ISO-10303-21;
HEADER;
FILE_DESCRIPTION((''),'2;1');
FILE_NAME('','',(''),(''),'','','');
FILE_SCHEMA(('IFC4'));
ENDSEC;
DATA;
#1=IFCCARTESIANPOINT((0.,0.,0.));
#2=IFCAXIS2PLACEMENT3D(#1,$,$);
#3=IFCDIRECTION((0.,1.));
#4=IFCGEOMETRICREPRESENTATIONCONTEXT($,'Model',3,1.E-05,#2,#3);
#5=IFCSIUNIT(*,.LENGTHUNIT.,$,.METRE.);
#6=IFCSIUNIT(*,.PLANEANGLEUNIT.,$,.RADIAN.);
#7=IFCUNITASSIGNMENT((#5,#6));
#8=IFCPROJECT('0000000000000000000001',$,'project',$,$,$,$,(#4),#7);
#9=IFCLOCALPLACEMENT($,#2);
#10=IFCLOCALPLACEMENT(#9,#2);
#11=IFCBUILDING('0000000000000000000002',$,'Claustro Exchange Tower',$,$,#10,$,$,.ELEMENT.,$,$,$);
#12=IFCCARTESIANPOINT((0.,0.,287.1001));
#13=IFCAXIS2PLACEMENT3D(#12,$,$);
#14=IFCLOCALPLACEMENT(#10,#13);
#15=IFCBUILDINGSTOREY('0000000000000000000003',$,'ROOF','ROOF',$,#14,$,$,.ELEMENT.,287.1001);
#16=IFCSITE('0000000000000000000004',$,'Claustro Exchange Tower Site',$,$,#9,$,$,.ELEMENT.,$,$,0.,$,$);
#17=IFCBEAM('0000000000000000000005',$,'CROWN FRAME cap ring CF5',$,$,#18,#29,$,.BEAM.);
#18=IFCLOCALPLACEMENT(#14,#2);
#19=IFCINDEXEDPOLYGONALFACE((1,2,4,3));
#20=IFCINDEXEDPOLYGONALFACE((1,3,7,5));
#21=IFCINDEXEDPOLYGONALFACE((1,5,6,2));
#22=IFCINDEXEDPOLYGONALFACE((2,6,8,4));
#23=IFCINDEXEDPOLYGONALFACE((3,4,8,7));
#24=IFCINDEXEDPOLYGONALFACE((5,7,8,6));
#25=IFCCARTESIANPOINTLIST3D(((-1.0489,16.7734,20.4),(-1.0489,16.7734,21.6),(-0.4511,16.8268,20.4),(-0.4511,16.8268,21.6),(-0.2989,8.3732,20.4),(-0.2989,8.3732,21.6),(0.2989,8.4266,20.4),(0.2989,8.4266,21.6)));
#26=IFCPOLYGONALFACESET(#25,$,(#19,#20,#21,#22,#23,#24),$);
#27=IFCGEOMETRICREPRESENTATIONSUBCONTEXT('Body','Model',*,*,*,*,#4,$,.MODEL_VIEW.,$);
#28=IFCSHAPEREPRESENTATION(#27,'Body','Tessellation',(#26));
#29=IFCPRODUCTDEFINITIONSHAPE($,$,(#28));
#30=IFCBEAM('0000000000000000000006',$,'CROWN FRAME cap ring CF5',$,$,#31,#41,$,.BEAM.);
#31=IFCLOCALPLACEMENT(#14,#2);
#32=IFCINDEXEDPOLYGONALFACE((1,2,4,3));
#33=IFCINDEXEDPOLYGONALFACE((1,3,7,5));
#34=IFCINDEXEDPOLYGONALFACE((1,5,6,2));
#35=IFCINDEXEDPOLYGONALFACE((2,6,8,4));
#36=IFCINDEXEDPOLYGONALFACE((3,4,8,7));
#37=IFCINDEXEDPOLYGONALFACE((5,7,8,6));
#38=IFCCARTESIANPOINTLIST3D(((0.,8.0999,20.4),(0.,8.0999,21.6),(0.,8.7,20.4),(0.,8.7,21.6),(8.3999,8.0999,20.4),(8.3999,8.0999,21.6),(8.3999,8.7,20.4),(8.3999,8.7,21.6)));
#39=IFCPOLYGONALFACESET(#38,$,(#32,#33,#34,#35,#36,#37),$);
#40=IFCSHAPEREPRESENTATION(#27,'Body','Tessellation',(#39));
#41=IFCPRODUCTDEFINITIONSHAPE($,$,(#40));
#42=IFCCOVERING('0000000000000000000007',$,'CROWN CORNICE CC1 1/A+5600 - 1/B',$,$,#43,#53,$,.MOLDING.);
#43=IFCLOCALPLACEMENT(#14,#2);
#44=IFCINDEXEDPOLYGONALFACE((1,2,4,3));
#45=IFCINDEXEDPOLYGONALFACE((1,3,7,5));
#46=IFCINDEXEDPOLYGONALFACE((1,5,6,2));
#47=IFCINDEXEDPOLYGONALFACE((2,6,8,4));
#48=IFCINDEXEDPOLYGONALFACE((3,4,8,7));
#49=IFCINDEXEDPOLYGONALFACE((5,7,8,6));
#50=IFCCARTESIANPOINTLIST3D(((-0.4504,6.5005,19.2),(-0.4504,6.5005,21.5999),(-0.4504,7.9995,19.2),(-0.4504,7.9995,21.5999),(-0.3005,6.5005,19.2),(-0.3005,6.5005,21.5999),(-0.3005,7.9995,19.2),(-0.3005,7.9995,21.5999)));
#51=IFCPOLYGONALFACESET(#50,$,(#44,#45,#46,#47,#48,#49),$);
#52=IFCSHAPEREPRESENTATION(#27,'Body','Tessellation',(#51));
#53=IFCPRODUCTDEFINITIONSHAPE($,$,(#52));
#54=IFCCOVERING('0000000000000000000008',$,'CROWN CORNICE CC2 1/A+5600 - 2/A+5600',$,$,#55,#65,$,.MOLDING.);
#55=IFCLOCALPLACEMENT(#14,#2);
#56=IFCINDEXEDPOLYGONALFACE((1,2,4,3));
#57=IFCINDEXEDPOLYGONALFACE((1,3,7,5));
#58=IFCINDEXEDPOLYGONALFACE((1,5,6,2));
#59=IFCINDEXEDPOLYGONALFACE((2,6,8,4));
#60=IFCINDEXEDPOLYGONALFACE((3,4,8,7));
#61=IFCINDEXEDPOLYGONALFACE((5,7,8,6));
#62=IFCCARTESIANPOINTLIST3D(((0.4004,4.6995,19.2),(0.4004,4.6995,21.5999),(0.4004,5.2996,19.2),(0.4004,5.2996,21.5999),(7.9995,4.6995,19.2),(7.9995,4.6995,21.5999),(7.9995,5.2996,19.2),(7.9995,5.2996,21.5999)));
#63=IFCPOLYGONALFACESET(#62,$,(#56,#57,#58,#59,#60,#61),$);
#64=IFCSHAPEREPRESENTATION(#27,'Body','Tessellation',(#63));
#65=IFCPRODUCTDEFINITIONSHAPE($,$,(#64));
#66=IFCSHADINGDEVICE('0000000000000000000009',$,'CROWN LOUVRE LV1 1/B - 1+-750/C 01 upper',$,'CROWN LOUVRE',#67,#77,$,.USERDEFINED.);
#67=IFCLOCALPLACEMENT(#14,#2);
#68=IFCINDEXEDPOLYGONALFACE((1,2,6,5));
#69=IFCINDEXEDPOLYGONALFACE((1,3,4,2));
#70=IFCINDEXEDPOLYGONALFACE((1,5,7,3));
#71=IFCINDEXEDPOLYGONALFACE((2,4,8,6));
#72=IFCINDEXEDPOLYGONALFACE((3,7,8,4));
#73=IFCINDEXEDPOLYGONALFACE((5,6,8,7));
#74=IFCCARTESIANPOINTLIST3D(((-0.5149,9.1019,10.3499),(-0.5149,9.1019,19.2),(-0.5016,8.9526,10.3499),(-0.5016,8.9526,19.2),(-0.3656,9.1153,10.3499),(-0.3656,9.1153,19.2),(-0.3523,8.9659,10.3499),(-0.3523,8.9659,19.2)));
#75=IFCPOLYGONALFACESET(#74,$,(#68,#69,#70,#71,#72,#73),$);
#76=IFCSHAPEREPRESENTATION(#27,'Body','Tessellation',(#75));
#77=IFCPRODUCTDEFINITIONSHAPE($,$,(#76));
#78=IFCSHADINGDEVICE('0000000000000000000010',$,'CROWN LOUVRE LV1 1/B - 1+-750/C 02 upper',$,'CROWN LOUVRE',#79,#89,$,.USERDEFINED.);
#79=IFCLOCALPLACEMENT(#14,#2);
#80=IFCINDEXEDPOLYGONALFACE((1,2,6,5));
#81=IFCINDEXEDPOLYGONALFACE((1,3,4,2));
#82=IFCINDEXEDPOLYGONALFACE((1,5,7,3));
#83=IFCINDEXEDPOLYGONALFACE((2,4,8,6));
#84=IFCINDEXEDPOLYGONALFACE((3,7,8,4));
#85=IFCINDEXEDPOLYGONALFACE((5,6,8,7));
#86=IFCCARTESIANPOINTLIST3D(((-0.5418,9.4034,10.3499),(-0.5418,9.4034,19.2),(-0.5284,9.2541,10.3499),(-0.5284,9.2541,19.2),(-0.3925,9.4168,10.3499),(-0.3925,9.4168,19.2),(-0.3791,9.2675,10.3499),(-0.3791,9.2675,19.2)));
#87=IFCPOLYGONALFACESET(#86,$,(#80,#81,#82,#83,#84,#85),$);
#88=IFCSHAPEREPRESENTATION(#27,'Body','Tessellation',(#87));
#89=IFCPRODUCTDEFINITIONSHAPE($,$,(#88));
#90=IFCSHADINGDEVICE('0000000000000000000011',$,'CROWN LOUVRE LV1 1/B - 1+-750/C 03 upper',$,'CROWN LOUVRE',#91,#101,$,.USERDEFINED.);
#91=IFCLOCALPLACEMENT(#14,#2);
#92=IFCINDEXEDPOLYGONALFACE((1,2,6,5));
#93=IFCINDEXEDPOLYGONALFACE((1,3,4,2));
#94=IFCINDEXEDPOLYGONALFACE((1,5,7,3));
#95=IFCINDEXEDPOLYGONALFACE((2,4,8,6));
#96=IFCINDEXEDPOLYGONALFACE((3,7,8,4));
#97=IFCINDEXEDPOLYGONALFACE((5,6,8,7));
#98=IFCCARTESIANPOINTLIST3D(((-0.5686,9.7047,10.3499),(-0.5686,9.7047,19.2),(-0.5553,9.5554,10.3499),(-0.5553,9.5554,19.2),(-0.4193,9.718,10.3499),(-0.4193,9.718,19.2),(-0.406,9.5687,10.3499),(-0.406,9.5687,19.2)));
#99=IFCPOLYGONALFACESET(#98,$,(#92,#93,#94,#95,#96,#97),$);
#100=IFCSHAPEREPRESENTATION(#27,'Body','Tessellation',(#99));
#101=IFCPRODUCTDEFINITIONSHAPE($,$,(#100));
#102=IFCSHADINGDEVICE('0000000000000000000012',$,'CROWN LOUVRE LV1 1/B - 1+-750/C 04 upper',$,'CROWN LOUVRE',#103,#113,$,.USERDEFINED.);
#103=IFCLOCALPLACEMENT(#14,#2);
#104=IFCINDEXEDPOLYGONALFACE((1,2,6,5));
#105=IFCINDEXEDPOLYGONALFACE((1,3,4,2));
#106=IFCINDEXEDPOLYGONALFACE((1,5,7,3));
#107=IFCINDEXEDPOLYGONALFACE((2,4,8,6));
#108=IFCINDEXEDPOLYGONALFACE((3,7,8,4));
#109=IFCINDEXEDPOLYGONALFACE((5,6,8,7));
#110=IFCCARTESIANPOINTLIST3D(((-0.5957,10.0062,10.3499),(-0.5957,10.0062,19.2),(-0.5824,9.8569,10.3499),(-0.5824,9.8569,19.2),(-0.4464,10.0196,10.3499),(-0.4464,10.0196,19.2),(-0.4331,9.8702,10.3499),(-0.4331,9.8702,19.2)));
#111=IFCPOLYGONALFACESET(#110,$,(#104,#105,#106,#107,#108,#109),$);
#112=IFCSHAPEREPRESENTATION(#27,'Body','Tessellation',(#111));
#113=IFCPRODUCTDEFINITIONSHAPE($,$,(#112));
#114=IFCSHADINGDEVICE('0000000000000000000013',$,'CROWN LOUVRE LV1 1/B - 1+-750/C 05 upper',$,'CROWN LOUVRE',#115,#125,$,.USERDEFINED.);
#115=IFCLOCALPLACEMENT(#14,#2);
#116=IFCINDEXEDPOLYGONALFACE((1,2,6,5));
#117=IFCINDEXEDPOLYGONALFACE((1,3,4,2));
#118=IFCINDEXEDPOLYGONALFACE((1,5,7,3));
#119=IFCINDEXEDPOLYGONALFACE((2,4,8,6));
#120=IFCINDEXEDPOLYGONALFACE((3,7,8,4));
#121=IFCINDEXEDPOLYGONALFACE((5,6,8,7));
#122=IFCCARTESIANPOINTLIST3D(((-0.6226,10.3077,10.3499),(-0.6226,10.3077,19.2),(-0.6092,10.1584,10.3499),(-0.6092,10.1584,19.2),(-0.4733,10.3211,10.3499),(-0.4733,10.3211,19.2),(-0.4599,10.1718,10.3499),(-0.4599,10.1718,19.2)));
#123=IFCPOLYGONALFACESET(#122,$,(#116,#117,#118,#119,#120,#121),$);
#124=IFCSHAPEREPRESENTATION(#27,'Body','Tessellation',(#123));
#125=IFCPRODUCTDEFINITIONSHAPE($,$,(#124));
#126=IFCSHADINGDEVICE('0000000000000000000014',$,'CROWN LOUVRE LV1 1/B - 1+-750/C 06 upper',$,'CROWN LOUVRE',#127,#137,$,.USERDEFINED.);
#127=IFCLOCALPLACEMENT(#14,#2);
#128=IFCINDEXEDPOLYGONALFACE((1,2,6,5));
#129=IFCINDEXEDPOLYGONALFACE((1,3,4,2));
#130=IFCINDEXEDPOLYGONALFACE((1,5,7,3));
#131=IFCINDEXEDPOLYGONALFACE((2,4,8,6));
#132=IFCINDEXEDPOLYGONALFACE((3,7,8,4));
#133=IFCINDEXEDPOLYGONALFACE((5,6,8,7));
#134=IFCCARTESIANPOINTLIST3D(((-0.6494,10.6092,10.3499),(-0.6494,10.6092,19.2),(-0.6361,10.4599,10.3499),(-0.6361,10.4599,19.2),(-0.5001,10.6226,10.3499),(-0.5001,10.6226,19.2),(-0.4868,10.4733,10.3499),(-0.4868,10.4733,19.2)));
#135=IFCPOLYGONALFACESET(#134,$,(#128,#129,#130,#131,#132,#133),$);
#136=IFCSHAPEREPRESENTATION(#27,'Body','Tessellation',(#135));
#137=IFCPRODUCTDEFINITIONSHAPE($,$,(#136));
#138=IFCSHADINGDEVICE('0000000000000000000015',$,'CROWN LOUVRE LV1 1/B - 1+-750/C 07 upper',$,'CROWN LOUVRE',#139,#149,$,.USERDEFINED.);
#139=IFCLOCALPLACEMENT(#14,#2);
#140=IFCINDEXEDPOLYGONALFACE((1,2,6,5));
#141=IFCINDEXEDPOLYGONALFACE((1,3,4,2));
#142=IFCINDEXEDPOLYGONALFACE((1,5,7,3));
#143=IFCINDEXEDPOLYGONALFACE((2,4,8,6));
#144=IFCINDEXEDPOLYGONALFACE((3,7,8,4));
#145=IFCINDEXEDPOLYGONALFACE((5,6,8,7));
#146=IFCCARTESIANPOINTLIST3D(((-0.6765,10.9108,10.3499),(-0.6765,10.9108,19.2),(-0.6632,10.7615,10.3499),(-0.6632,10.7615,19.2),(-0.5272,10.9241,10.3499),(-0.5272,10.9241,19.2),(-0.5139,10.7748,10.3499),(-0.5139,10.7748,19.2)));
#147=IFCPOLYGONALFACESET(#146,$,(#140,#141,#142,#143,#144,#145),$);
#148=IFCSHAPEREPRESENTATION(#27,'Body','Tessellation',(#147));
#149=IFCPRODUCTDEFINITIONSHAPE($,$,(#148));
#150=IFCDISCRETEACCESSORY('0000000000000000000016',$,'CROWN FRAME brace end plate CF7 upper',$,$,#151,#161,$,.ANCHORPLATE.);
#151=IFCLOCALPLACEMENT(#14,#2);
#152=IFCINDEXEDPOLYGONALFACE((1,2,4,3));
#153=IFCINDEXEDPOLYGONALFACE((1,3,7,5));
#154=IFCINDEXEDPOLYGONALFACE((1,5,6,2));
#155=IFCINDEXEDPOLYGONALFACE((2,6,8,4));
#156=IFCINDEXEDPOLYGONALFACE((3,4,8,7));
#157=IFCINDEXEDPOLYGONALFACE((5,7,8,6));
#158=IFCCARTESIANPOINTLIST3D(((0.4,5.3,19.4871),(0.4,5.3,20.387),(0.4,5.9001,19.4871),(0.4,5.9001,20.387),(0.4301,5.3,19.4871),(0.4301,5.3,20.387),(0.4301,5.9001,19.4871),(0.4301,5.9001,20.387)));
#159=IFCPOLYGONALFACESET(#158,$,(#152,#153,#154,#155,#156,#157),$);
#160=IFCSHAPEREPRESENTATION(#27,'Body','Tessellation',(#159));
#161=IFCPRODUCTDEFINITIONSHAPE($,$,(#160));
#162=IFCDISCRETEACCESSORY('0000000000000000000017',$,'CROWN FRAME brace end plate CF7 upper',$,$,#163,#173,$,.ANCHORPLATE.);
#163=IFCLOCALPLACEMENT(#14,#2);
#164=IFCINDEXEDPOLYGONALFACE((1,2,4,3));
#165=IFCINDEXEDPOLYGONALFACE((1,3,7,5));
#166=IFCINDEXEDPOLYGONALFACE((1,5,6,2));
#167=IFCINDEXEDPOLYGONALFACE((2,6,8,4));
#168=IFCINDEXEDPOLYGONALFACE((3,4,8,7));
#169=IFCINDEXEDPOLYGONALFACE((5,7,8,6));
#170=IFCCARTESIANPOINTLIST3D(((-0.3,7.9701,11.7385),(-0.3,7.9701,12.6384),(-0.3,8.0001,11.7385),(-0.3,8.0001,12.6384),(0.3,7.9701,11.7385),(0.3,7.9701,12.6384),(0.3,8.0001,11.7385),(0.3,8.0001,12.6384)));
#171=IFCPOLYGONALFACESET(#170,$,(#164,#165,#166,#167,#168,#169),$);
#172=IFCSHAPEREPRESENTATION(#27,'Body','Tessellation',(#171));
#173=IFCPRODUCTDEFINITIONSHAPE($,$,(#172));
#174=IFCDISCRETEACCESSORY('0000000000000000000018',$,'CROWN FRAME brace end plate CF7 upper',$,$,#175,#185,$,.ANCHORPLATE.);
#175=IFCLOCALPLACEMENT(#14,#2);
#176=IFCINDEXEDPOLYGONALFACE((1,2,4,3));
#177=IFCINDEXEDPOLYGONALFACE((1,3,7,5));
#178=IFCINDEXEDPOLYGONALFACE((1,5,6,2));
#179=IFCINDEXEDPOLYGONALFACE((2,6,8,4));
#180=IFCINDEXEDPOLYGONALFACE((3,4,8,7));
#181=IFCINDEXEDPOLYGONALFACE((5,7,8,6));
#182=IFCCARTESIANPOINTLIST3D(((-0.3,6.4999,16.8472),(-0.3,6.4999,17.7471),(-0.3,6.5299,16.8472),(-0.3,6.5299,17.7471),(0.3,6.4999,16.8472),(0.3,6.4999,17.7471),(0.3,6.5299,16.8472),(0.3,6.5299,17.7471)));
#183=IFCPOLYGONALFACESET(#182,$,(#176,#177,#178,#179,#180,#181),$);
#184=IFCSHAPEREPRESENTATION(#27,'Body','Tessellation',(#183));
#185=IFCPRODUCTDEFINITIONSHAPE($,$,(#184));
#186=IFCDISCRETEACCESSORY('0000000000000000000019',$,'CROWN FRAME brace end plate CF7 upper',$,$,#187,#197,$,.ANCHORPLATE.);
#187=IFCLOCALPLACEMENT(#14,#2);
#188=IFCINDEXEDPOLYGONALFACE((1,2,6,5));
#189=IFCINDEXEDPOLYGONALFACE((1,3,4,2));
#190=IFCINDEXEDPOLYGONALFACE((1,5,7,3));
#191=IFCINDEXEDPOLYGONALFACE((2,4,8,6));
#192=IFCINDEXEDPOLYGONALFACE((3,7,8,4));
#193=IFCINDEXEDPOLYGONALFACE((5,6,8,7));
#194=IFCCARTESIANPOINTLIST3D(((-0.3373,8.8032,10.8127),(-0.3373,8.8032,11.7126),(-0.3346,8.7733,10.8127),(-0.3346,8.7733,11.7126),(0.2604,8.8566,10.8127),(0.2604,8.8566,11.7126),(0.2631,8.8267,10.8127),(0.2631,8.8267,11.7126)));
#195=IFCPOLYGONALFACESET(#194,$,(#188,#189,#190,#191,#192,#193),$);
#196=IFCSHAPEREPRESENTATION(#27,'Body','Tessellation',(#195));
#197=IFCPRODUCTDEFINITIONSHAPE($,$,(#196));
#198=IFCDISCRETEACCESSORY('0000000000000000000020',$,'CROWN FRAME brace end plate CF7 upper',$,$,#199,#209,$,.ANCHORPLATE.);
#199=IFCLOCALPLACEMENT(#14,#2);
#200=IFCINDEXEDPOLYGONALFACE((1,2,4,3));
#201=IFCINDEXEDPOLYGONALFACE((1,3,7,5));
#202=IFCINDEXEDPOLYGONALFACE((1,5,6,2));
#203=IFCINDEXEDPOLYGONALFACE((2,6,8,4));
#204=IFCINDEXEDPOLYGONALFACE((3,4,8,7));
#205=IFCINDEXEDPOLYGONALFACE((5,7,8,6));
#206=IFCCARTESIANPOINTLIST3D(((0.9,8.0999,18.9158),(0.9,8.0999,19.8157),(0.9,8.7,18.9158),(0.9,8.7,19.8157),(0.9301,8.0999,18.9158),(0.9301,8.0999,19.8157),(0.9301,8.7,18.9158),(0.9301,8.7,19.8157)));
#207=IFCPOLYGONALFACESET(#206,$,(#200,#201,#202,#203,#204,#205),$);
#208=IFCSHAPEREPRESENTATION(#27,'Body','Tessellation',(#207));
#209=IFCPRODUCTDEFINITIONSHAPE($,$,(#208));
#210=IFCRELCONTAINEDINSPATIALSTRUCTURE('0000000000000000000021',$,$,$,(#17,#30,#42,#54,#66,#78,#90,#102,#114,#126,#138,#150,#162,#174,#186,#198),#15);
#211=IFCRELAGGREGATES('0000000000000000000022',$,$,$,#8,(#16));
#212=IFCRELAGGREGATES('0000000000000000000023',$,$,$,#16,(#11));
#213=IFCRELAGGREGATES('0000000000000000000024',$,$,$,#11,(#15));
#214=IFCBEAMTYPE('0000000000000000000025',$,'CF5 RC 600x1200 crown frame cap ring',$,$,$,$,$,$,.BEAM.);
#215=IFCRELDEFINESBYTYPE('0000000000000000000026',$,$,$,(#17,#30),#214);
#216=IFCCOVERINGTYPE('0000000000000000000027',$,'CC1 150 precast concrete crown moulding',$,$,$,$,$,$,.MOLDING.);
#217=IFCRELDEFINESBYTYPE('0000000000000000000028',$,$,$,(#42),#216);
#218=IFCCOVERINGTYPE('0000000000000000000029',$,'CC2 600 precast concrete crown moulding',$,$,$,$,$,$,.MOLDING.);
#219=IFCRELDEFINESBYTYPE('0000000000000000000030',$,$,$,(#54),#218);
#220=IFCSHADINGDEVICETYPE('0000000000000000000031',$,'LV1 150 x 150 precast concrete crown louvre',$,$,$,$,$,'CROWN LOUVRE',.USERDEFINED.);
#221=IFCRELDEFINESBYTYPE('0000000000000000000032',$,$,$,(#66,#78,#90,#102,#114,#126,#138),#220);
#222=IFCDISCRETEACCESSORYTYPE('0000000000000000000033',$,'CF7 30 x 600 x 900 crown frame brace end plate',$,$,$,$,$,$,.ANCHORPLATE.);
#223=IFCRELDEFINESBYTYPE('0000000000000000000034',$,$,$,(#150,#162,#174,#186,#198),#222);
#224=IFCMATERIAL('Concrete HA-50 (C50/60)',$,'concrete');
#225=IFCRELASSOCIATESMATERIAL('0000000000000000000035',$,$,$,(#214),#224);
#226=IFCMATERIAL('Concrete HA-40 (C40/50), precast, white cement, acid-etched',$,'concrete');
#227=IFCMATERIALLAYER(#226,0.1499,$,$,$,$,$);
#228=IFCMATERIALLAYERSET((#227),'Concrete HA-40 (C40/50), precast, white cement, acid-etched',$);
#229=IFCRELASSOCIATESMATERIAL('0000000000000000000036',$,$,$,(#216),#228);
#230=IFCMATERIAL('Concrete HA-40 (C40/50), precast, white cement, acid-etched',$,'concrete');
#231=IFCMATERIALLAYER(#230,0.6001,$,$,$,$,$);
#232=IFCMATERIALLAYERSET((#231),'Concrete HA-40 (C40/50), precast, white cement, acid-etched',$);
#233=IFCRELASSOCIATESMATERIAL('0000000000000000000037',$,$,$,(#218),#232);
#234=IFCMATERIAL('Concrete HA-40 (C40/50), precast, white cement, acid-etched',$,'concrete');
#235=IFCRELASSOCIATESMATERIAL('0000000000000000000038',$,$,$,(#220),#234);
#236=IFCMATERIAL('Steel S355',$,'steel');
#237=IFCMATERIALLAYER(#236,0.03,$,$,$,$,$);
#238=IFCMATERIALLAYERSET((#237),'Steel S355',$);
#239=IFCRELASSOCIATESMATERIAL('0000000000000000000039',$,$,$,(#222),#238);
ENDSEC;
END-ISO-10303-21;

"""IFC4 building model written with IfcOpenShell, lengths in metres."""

from ifc_helpers import new_model, si_unit, direction, frame, origin, origin_2d, place, context, subcontext, project, spatial, rectangle, extrude, material, layer, layer_set, material_profile, profile_set, type_object, element, save


model = new_model("IFC4")

# Units and contexts
model_context = context("Model", 3, precision=1e-05, world=origin(), true_north=direction((0.0, 1.0)))
body_context = subcontext(model_context, "Body", "Model", "MODEL_VIEW")
ifc_project = project(units=[si_unit("LENGTHUNIT", "METRE"), si_unit("PLANEANGLEUNIT", "RADIAN")], contexts=[model_context])

# Site, building, storey
site_placement = place(None, origin())
site = spatial("IfcSite", under=ifc_project, at=site_placement, Name="Claustro Exchange Tower Site", CompositionType="ELEMENT", RefElevation=0.0)
building_placement = place(site_placement, origin())
building = spatial("IfcBuilding", under=site, at=building_placement, Name="Claustro Exchange Tower", CompositionType="ELEMENT")
storey_placement = place(building_placement, frame((0.0, 0.0, 287.1001)))
storey = spatial("IfcBuildingStorey", under=building, at=storey_placement, Name="ROOF", Description="ROOF", CompositionType="ELEMENT", Elevation=287.1001)

# Beams
ifc_material_1 = material(Name="Concrete HA-50 (C50/60)", Category="concrete")
ifc_material_profile_1 = material_profile(ifc_material_1, rectangle(XDim=0.6001, YDim=1.2, at=origin_2d()), Name="RC 600x1200")
ifc_profile_set_1 = profile_set([ifc_material_profile_1], Name="Concrete HA-50 (C50/60)")
beam_type_1 = type_object("IfcBeamType", Name="CF5 RC 600x1200 crown frame cap ring", PredefinedType="BEAM", material=ifc_profile_set_1)
beam_1_placement = place(storey_placement, frame((0.0, 8.3999, 21.0), z_axis=(-0.08893, 0.996038, 0.0), x_axis=(-0.996038, -0.08893, 0.0)))
element("IfcBeam", 1, at=beam_1_placement, inside=storey, type_object=beam_type_1, Name="CROWN FRAME cap ring CF5", PredefinedType="BEAM", context=body_context, shape_type="SweptSolid", body=[
    extrude(rectangle(XDim=0.6001, YDim=1.2, at=origin_2d()), origin(), (0.0, 0.0, 1.0), 8.4336),
])
beam_2_placement = place(storey_placement, frame((0.0, 8.3999, 21.0), z_axis=(1.0, 0.0, 0.0), x_axis=(0.0, 1.0, 0.0)))
element("IfcBeam", 2, at=beam_2_placement, inside=storey, type_object=beam_type_1, Name="CROWN FRAME cap ring CF5", PredefinedType="BEAM", context=body_context, shape_type="SweptSolid", body=[
    extrude(rectangle(XDim=0.6001, YDim=1.2, at=origin_2d()), origin(), (0.0, 0.0, 1.0), 8.3999),
])

# Coverings
ifc_material_2 = material(Name="Concrete HA-40 (C40/50), precast, white cement, acid-etched", Category="concrete")
ifc_layer_1 = layer(ifc_material_2, 0.1499)
ifc_layer_set_1 = layer_set([ifc_layer_1], Name="Concrete HA-40 (C40/50), precast, white cement, acid-etched")
covering_type_1 = type_object("IfcCoveringType", Name="CC1 150 precast concrete crown moulding", PredefinedType="MOLDING", material=ifc_layer_set_1)
covering_1_placement = place(storey_placement, frame((-0.3755, 7.25, 19.2), z_axis=(0.0, 0.0, 1.0), x_axis=(0.0, 1.0, 0.0)))
element("IfcCovering", 3, at=covering_1_placement, inside=storey, type_object=covering_type_1, Name="CROWN CORNICE CC1 1/A+5600 - 1/B", PredefinedType="MOLDING", context=body_context, shape_type="SweptSolid", body=[
    extrude(rectangle(XDim=1.499, YDim=0.1499, at=origin_2d()), origin(), (0.0, 0.0, 1.0), 2.3999),
])
ifc_material_3 = material(Name="Concrete HA-40 (C40/50), precast, white cement, acid-etched", Category="concrete")
ifc_layer_2 = layer(ifc_material_3, 0.6001)
ifc_layer_set_2 = layer_set([ifc_layer_2], Name="Concrete HA-40 (C40/50), precast, white cement, acid-etched")
covering_type_2 = type_object("IfcCoveringType", Name="CC2 600 precast concrete crown moulding", PredefinedType="MOLDING", material=ifc_layer_set_2)
covering_2_placement = place(storey_placement, frame((4.2, 4.9995, 19.2), z_axis=(0.0, 0.0, 1.0), x_axis=(1.0, 0.0, 0.0)))
element("IfcCovering", 4, at=covering_2_placement, inside=storey, type_object=covering_type_2, Name="CROWN CORNICE CC2 1/A+5600 - 2/A+5600", PredefinedType="MOLDING", context=body_context, shape_type="SweptSolid", body=[
    extrude(rectangle(XDim=7.5991, YDim=0.6001, at=origin_2d()), origin(), (0.0, 0.0, 1.0), 2.3999),
])

# Shading devices
ifc_material_4 = material(Name="Concrete HA-40 (C40/50), precast, white cement, acid-etched", Category="concrete")
shading_device_type = type_object("IfcShadingDeviceType", Name="LV1 150 x 150 precast concrete crown louvre", ElementType="CROWN LOUVRE", PredefinedType="USERDEFINED", material=ifc_material_4)
for number, where, z_axis, x_axis, name in (
    (5, (-0.4336, 9.0339, 10.3499), (0.0, 0.0, 1.0), (-0.088933, 0.996038, 0.0), "CROWN LOUVRE LV1 1/B - 1+-750/C 01 upper"),
    (6, (-0.4604, 9.3354, 10.3499), (0.0, 0.0, 1.0), (-0.088933, 0.996038, 0.0), "CROWN LOUVRE LV1 1/B - 1+-750/C 02 upper"),
    (7, (-0.4873, 9.6367, 10.3499), (0.0, 0.0, 1.0), (-0.088933, 0.996038, 0.0), "CROWN LOUVRE LV1 1/B - 1+-750/C 03 upper"),
    (8, (-0.5144, 9.9382, 10.3499), (0.0, 0.0, 1.0), (-0.088933, 0.996038, 0.0), "CROWN LOUVRE LV1 1/B - 1+-750/C 04 upper"),
    (9, (-0.5413, 10.2397, 10.3499), (0.0, 0.0, 1.0), (-0.088933, 0.996038, 0.0), "CROWN LOUVRE LV1 1/B - 1+-750/C 05 upper"),
    (10, (-0.5681, 10.5413, 10.3499), (0.0, 0.0, 1.0), (-0.088933, 0.996038, 0.0), "CROWN LOUVRE LV1 1/B - 1+-750/C 06 upper"),
    (11, (-0.5952, 10.8428, 10.3499), (0.0, 0.0, 1.0), (-0.088933, 0.996038, 0.0), "CROWN LOUVRE LV1 1/B - 1+-750/C 07 upper"),
):
    element("IfcShadingDevice", number, at=place(storey_placement, frame(where, z_axis=z_axis, x_axis=x_axis)), inside=storey, type_object=shading_device_type, Name=name, ObjectType="CROWN LOUVRE", PredefinedType="USERDEFINED", context=body_context, shape_type="SweptSolid", body=[
        extrude(rectangle(XDim=0.1499, YDim=0.1499, at=origin_2d()), origin(), (0.0, 0.0, 1.0), 8.8501),
    ])

# Discrete accessories
ifc_material_5 = material(Name="Steel S355", Category="steel")
ifc_layer_3 = layer(ifc_material_5, 0.03)
ifc_layer_set_3 = layer_set([ifc_layer_3], Name="Steel S355")
discrete_accessory_type = type_object("IfcDiscreteAccessoryType", Name="CF7 30 x 600 x 900 crown frame brace end plate", PredefinedType="ANCHORPLATE", material=ifc_layer_set_3)
for number, where, z_axis, x_axis, name in (
    (12, (0.415, 5.6001, 19.4871), (0.0, 0.0, 1.0), (-1.0, 0.0, 0.0), "CROWN FRAME brace end plate CF7 upper"),
    (13, (0.0, 7.9851, 11.7385), (0.0, 0.0, 1.0), (0.0, -1.0, 0.0), "CROWN FRAME brace end plate CF7 upper"),
    (14, (0.0, 6.5149, 16.8472), (0.0, 0.0, 1.0), (0.0, -1.0, 0.0), "CROWN FRAME brace end plate CF7 upper"),
    (15, (-0.0371, 8.8149, 10.8127), (0.0, 0.0, 1.0), (-0.088933, 0.996038, 0.0), "CROWN FRAME brace end plate CF7 upper"),
    (16, (0.915, 8.3999, 18.9158), (0.0, 0.0, 1.0), (-1.0, 0.0, 0.0), "CROWN FRAME brace end plate CF7 upper"),
):
    element("IfcDiscreteAccessory", number, at=place(storey_placement, frame(where, z_axis=z_axis, x_axis=x_axis)), inside=storey, type_object=discrete_accessory_type, Name=name, PredefinedType="ANCHORPLATE", context=body_context, shape_type="SweptSolid", body=[
        extrude(rectangle(XDim=0.03, YDim=0.6001, at=origin_2d()), origin(), (0.0, 0.0, 1.0), 0.8999),
    ])

save(model, "model.ifc")
